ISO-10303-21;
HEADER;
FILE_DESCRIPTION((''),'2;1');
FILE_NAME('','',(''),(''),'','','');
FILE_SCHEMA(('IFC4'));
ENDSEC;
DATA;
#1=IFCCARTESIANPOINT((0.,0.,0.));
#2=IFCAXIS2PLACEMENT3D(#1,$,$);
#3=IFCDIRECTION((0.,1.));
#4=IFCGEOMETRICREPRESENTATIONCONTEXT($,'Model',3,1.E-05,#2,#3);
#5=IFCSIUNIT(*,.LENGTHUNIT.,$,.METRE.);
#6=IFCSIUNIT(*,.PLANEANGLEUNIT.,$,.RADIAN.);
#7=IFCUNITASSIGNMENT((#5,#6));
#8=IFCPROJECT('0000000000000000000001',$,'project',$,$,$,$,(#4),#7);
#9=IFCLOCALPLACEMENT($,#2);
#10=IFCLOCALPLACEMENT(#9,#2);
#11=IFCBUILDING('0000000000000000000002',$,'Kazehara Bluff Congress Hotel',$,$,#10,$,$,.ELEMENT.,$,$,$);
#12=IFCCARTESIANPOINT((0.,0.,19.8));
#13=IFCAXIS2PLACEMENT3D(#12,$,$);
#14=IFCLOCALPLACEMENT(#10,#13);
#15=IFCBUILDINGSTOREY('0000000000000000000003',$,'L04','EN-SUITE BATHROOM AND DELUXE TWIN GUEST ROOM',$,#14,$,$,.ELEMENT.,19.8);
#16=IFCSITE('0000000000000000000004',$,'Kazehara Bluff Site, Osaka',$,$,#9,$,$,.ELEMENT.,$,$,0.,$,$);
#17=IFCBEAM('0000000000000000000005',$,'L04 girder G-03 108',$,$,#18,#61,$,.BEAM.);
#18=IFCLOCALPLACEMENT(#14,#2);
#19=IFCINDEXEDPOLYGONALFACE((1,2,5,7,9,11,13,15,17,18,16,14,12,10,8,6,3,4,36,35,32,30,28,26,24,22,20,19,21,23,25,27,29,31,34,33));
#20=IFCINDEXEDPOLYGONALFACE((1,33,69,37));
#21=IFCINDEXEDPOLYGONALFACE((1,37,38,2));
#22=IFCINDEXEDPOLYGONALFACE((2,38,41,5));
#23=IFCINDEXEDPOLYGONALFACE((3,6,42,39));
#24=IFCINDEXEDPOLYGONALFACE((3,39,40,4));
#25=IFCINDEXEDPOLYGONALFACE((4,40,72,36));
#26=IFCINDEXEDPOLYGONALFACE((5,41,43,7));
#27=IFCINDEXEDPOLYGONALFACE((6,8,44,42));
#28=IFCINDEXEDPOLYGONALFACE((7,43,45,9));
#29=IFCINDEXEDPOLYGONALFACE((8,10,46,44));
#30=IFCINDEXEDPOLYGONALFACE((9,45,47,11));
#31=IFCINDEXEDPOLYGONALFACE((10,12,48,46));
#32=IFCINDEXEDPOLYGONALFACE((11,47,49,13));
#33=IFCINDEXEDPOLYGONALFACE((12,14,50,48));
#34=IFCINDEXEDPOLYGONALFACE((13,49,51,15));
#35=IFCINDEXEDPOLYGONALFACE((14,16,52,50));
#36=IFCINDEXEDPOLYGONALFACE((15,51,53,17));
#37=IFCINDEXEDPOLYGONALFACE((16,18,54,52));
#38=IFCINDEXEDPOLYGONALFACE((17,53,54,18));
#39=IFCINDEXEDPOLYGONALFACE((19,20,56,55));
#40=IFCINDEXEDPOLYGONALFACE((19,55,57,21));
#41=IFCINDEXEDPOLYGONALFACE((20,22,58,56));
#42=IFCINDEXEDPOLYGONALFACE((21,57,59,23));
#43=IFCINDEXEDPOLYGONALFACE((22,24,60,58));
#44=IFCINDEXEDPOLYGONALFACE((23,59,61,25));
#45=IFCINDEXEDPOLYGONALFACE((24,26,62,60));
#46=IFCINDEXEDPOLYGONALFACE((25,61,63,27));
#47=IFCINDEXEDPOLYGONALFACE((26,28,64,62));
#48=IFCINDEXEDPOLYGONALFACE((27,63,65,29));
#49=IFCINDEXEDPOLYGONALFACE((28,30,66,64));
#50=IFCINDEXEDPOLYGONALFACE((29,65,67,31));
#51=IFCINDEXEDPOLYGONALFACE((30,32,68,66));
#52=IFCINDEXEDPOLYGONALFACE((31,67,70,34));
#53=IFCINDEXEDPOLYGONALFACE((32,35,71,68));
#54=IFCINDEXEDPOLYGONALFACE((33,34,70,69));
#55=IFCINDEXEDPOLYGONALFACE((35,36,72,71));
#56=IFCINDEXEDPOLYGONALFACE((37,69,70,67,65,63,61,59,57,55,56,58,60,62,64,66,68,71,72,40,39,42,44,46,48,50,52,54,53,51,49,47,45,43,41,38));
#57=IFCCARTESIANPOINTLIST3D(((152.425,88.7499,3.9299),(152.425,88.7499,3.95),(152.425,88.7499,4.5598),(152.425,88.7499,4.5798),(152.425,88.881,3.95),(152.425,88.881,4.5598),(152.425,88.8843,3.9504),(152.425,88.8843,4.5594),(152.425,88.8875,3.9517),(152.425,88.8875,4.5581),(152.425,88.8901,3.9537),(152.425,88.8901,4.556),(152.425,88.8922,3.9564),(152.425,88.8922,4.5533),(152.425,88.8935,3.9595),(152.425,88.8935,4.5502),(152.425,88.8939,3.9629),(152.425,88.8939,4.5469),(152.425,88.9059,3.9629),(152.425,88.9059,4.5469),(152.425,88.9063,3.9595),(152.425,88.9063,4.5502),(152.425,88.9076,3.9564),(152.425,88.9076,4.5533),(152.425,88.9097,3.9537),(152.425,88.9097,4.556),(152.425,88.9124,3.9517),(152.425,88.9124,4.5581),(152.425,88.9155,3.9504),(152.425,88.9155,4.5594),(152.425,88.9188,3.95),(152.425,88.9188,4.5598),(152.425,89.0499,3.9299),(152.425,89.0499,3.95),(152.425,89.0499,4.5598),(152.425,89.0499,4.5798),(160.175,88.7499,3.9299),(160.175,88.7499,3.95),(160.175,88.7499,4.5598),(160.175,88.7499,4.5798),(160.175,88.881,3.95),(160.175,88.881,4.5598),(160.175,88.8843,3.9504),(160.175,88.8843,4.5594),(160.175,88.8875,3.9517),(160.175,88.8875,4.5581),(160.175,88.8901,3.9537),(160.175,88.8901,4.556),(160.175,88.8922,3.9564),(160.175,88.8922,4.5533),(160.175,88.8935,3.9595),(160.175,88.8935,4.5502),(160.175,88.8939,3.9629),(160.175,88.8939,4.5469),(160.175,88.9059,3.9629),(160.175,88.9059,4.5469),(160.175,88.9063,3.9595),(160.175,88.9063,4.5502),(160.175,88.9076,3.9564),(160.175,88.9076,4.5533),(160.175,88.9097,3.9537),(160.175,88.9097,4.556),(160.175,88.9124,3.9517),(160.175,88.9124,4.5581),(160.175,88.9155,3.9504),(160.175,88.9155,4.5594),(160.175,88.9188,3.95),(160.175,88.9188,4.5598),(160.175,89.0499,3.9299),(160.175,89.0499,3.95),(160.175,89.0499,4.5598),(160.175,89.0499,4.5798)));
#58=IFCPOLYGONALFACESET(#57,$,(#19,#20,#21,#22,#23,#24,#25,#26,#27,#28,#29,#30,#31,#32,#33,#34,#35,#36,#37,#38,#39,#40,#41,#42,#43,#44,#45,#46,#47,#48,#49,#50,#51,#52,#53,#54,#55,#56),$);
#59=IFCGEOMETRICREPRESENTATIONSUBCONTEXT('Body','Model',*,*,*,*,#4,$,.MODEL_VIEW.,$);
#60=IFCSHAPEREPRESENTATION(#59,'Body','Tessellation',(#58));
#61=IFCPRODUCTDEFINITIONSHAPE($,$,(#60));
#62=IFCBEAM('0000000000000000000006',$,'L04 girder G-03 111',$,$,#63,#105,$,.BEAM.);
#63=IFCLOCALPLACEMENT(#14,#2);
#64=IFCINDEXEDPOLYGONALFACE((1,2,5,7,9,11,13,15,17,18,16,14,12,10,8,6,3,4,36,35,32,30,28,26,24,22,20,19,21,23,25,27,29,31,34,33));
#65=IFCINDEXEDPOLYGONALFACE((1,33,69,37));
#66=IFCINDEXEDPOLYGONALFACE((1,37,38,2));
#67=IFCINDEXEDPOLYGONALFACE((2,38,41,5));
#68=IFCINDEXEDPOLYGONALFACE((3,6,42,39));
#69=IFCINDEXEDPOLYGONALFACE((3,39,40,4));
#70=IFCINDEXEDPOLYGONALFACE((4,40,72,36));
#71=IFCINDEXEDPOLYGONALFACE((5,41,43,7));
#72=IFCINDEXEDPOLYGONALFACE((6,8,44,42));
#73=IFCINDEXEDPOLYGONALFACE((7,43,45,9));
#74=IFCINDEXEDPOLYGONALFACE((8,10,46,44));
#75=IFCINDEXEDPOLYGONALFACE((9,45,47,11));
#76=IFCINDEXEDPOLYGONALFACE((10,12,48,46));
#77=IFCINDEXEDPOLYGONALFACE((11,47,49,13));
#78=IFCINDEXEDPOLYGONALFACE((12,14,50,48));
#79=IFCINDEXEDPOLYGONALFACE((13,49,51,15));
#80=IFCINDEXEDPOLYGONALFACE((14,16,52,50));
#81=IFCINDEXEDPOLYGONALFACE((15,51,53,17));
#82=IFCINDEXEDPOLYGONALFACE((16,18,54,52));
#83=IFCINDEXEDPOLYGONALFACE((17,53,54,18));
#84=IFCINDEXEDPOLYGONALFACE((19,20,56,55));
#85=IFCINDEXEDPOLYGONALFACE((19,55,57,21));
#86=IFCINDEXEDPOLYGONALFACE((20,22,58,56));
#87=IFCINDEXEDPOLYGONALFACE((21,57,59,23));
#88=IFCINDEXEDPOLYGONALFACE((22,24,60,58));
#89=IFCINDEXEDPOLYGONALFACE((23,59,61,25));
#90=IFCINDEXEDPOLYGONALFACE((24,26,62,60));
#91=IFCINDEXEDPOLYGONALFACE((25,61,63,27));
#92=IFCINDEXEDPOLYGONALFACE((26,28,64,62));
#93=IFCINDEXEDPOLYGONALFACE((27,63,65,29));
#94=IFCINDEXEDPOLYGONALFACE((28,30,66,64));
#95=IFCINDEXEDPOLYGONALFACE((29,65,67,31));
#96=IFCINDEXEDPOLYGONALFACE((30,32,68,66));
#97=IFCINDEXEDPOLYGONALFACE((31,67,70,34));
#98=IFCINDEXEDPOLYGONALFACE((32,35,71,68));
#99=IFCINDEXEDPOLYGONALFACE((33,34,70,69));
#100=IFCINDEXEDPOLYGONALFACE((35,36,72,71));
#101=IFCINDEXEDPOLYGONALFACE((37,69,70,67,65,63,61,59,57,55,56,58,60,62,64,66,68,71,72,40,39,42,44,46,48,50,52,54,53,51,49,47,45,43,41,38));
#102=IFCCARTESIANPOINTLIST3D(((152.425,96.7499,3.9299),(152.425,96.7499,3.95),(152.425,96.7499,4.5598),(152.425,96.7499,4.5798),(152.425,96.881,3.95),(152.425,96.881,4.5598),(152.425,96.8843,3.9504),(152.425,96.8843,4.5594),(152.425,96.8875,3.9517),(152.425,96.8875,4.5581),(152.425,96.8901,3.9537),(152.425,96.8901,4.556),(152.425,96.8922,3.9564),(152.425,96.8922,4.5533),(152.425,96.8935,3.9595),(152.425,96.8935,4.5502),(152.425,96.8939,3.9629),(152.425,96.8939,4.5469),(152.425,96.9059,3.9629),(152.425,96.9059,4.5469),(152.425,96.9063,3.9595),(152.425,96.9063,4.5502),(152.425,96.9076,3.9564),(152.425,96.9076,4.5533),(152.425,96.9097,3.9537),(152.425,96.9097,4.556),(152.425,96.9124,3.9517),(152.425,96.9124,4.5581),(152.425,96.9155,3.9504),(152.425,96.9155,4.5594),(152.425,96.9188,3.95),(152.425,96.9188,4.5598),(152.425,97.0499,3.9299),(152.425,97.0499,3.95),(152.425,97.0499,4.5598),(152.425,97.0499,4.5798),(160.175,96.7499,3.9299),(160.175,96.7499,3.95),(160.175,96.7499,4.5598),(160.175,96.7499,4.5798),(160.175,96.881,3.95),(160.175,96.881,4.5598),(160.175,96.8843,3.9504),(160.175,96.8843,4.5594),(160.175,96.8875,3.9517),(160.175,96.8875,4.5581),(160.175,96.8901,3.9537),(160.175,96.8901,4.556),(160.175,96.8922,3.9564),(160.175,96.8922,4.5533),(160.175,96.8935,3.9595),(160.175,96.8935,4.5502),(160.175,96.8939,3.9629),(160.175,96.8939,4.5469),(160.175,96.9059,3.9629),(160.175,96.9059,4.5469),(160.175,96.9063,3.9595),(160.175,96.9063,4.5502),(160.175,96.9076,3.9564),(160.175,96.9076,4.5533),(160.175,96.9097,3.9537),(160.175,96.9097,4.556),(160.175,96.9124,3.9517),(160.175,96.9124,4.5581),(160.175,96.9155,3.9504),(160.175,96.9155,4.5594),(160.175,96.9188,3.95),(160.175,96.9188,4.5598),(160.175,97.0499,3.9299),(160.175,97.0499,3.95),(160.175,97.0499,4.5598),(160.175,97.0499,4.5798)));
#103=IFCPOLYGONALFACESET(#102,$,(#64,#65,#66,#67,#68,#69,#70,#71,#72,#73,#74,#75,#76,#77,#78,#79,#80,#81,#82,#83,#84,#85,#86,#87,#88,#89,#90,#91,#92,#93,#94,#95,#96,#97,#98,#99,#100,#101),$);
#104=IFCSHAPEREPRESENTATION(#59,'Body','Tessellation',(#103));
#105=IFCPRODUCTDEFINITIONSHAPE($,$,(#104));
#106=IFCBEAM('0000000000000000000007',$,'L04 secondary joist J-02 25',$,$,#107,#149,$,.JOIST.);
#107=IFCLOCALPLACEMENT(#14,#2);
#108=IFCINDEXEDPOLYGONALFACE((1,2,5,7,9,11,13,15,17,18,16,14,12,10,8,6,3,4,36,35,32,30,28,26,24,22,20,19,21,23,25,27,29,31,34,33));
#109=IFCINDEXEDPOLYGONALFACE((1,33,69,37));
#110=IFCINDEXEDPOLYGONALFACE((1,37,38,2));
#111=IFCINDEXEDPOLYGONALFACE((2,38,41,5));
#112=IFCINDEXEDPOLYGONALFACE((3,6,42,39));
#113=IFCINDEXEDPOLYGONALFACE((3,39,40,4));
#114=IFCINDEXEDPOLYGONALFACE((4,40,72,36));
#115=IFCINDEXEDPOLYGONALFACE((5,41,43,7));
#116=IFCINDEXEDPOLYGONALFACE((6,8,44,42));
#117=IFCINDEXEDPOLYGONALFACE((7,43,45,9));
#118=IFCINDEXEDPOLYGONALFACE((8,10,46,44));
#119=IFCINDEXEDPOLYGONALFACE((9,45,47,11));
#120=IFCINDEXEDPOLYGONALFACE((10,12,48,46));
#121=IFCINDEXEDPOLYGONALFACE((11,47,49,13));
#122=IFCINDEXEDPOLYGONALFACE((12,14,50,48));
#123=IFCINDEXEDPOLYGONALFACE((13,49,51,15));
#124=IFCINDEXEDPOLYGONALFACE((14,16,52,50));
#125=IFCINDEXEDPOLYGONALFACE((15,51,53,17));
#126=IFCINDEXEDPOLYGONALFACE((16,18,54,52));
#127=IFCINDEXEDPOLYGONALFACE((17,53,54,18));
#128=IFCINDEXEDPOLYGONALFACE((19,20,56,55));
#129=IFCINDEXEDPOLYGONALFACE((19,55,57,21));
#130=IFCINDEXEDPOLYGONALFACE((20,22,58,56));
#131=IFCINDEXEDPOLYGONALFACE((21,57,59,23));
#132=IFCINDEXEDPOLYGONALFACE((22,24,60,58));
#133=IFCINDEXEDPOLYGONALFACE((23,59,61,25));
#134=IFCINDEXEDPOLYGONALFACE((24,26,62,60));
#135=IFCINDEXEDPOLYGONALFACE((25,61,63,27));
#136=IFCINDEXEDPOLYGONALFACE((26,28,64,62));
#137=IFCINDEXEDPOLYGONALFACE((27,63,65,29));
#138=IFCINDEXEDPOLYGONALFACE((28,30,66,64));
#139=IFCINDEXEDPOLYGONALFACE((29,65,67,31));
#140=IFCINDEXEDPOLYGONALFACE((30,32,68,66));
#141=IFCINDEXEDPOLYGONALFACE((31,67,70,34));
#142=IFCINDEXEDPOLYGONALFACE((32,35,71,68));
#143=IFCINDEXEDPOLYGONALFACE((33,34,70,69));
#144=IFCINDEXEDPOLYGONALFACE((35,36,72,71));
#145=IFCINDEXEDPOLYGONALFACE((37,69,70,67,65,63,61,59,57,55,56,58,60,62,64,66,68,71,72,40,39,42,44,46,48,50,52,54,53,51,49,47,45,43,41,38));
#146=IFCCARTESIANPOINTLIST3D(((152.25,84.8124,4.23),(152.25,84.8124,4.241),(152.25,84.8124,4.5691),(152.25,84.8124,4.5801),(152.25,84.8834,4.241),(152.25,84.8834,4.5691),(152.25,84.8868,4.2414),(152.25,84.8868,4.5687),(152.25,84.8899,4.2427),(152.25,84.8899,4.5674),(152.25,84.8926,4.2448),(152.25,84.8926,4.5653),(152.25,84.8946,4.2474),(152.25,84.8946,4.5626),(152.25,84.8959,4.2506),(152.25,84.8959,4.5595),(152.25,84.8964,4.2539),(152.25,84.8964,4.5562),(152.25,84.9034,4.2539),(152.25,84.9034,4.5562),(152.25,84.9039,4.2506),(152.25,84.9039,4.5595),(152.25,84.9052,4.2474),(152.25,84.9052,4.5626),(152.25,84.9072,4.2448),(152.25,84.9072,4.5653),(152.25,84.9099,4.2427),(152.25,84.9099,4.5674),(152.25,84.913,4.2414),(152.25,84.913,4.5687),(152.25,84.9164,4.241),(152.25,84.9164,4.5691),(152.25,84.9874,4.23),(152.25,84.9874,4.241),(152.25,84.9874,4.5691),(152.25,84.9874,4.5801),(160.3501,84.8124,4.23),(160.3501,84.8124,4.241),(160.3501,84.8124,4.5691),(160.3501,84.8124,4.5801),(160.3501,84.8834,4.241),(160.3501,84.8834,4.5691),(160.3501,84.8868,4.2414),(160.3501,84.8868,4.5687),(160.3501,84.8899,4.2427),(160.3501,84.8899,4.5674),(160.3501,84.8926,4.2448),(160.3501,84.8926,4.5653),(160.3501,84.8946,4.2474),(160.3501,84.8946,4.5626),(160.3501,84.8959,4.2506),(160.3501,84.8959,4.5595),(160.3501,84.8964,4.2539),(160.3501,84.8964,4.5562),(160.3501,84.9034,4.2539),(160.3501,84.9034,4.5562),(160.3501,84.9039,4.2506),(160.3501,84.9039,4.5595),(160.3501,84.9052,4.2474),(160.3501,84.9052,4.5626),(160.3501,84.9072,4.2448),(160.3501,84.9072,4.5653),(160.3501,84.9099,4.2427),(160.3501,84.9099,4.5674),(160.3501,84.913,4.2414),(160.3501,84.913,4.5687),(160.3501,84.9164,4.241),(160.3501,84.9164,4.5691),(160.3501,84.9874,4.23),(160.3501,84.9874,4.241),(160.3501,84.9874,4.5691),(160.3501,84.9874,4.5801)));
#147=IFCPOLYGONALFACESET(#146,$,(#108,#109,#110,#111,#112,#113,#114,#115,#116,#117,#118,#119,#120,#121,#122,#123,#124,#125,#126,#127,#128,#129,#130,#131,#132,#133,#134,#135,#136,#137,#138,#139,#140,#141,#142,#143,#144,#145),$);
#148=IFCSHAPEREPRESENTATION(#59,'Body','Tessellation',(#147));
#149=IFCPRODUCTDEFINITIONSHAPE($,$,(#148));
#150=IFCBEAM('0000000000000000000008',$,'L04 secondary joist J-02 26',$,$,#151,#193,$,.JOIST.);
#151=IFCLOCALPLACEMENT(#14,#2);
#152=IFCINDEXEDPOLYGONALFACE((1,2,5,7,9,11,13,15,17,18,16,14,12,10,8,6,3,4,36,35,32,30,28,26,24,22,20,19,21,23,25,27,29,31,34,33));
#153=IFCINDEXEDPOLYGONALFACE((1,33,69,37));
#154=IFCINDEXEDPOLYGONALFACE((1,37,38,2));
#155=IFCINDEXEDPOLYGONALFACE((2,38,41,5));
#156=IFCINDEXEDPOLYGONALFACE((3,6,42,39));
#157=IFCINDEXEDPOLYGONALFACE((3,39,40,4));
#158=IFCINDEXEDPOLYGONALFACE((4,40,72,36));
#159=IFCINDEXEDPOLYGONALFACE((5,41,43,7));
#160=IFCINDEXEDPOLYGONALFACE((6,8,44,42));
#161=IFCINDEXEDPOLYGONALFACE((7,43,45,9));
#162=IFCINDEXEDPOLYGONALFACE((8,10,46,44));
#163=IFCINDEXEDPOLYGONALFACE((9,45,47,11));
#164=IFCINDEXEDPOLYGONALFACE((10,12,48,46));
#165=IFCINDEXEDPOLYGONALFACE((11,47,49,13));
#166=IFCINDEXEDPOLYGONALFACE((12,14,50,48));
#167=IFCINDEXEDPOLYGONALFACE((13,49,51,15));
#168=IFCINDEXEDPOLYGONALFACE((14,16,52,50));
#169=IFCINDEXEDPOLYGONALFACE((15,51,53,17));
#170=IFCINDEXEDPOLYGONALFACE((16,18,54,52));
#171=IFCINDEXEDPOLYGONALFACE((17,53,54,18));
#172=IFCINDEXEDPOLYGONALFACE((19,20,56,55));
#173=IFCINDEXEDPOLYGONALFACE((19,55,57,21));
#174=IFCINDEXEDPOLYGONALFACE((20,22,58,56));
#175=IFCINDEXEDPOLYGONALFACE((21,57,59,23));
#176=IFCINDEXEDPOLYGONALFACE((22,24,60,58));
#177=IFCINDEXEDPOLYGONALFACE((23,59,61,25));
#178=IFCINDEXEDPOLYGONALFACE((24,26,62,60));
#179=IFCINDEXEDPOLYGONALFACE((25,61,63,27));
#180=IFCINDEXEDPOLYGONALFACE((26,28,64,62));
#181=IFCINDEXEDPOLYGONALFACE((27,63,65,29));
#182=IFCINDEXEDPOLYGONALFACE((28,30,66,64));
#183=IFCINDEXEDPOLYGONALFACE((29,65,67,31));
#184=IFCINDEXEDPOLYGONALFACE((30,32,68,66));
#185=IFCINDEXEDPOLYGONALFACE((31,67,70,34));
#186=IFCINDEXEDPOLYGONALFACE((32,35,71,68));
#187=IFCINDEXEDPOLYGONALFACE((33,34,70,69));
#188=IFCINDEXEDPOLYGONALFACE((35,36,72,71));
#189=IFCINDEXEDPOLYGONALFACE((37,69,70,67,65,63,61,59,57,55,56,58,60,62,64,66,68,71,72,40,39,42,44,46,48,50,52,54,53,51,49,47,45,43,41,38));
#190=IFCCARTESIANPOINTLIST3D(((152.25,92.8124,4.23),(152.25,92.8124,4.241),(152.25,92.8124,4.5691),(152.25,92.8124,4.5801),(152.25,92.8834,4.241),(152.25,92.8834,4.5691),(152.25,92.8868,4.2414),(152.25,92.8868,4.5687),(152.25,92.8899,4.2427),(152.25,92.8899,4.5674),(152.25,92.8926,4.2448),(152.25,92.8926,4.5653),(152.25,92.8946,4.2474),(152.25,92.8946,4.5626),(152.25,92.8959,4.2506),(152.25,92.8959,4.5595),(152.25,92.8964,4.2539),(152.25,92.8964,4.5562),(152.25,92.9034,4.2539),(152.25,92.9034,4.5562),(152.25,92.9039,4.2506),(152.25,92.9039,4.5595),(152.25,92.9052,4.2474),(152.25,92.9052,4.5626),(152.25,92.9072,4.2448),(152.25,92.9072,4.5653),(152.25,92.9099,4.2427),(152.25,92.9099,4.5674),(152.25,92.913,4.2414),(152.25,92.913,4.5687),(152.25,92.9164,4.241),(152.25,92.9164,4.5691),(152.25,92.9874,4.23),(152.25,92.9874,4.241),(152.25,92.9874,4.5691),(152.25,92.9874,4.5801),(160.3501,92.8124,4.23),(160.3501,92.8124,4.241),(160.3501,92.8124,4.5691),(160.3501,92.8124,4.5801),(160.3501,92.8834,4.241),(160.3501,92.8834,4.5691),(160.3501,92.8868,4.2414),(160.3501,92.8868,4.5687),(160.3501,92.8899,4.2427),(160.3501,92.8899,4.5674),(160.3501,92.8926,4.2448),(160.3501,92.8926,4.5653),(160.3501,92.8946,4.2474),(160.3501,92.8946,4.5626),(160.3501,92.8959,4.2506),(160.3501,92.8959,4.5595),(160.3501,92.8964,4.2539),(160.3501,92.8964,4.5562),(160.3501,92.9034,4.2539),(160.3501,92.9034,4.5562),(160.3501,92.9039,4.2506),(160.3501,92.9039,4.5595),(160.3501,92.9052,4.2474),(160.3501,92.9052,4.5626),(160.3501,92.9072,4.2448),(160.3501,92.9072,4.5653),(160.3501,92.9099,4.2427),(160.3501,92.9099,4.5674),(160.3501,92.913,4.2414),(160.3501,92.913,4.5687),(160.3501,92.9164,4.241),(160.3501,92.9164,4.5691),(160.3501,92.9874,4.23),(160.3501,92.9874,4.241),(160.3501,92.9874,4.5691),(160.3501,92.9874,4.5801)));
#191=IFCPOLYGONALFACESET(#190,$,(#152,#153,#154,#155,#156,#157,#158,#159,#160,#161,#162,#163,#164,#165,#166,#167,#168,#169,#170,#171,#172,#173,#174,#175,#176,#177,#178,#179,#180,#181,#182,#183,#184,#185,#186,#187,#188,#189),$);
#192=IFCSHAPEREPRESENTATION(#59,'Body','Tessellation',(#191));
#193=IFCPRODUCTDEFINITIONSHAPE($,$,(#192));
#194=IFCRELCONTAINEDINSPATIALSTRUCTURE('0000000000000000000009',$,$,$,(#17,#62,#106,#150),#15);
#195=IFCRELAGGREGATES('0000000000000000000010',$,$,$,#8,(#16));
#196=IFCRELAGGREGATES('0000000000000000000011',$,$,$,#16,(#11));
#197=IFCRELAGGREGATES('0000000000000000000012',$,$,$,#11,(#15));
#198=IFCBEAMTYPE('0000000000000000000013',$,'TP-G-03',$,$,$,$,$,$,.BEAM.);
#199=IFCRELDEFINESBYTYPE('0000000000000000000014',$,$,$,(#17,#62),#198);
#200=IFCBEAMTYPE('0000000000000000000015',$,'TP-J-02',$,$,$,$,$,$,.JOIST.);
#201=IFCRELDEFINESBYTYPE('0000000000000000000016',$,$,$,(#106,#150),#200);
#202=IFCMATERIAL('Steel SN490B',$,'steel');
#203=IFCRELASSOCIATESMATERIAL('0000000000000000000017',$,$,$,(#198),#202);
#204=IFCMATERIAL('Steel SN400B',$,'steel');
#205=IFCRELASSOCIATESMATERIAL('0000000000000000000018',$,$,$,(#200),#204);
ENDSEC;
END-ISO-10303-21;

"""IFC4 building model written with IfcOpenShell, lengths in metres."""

from ifc_helpers import new_model, si_unit, direction, frame, origin, origin_2d, place, context, subcontext, project, spatial, i_section, extrude, material, material_profile, profile_set, type_object, element, save


model = new_model("IFC4")

# Units and contexts
model_context = context("Model", 3, precision=1e-05, world=origin(), true_north=direction((0.0, 1.0)))
body_context = subcontext(model_context, "Body", "Model", "MODEL_VIEW")
ifc_project = project(units=[si_unit("LENGTHUNIT", "METRE"), si_unit("PLANEANGLEUNIT", "RADIAN")], contexts=[model_context])

# Site, building, storey
site_placement = place(None, origin())
site = spatial("IfcSite", under=ifc_project, at=site_placement, Name="Kazehara Bluff Site, Osaka", CompositionType="ELEMENT", RefElevation=0.0)
building_placement = place(site_placement, origin())
building = spatial("IfcBuilding", under=site, at=building_placement, Name="Kazehara Bluff Congress Hotel", CompositionType="ELEMENT")
storey_placement = place(building_placement, frame((0.0, 0.0, 19.8)))
storey = spatial("IfcBuildingStorey", under=building, at=storey_placement, Name="L04", Description="EN-SUITE BATHROOM AND DELUXE TWIN GUEST ROOM", CompositionType="ELEMENT", Elevation=19.8)

# Beams
ifc_material_1 = material(Name="Steel SN490B", Category="steel")
ifc_material_profile_1 = material_profile(ifc_material_1, i_section(OverallWidth=0.3, OverallDepth=0.6499, WebThickness=0.012, FlangeThickness=0.02, FilletRadius=0.0129, at=origin_2d()))
ifc_profile_set_1 = profile_set([ifc_material_profile_1], Name="Steel SN490B")
beam_type_1 = type_object("IfcBeamType", Name="TP-G-03", PredefinedType="BEAM", material=ifc_profile_set_1)
for number, where, z_axis, x_axis, name in (
    (1, (152.425, 88.8999, 4.2549), (1.0, 0.0, 0.0), (0.0, 1.0, 0.0), "L04 girder G-03 108"),
    (2, (152.425, 96.8999, 4.2549), (1.0, 0.0, 0.0), (0.0, 1.0, 0.0), "L04 girder G-03 111"),
):
    element("IfcBeam", number, at=place(storey_placement, frame(where, z_axis=z_axis, x_axis=x_axis)), inside=storey, type_object=beam_type_1, Name=name, PredefinedType="BEAM", context=body_context, shape_type="SweptSolid", body=[
        extrude(i_section(OverallWidth=0.3, OverallDepth=0.6499, WebThickness=0.012, FlangeThickness=0.02, FilletRadius=0.0129, at=origin_2d()), origin(), (0.0, 0.0, 1.0), 7.75),
    ])
ifc_material_2 = material(Name="Steel SN400B", Category="steel")
ifc_material_profile_2 = material_profile(ifc_material_2, i_section(OverallWidth=0.175, OverallDepth=0.3501, WebThickness=0.0071, FlangeThickness=0.011, FilletRadius=0.0129, at=origin_2d()))
ifc_profile_set_2 = profile_set([ifc_material_profile_2], Name="Steel SN400B")
beam_type_2 = type_object("IfcBeamType", Name="TP-J-02", PredefinedType="JOIST", material=ifc_profile_set_2)
for number, where, z_axis, x_axis, name in (
    (3, (152.25, 84.8999, 4.405), (1.0, 0.0, 0.0), (0.0, 1.0, 0.0), "L04 secondary joist J-02 25"),
    (4, (152.25, 92.8999, 4.405), (1.0, 0.0, 0.0), (0.0, 1.0, 0.0), "L04 secondary joist J-02 26"),
):
    element("IfcBeam", number, at=place(storey_placement, frame(where, z_axis=z_axis, x_axis=x_axis)), inside=storey, type_object=beam_type_2, Name=name, PredefinedType="JOIST", context=body_context, shape_type="SweptSolid", body=[
        extrude(i_section(OverallWidth=0.175, OverallDepth=0.3501, WebThickness=0.0071, FlangeThickness=0.011, FilletRadius=0.0129, at=origin_2d()), origin(), (0.0, 0.0, 1.0), 8.1001),
    ])

save(model, "model.ifc")
